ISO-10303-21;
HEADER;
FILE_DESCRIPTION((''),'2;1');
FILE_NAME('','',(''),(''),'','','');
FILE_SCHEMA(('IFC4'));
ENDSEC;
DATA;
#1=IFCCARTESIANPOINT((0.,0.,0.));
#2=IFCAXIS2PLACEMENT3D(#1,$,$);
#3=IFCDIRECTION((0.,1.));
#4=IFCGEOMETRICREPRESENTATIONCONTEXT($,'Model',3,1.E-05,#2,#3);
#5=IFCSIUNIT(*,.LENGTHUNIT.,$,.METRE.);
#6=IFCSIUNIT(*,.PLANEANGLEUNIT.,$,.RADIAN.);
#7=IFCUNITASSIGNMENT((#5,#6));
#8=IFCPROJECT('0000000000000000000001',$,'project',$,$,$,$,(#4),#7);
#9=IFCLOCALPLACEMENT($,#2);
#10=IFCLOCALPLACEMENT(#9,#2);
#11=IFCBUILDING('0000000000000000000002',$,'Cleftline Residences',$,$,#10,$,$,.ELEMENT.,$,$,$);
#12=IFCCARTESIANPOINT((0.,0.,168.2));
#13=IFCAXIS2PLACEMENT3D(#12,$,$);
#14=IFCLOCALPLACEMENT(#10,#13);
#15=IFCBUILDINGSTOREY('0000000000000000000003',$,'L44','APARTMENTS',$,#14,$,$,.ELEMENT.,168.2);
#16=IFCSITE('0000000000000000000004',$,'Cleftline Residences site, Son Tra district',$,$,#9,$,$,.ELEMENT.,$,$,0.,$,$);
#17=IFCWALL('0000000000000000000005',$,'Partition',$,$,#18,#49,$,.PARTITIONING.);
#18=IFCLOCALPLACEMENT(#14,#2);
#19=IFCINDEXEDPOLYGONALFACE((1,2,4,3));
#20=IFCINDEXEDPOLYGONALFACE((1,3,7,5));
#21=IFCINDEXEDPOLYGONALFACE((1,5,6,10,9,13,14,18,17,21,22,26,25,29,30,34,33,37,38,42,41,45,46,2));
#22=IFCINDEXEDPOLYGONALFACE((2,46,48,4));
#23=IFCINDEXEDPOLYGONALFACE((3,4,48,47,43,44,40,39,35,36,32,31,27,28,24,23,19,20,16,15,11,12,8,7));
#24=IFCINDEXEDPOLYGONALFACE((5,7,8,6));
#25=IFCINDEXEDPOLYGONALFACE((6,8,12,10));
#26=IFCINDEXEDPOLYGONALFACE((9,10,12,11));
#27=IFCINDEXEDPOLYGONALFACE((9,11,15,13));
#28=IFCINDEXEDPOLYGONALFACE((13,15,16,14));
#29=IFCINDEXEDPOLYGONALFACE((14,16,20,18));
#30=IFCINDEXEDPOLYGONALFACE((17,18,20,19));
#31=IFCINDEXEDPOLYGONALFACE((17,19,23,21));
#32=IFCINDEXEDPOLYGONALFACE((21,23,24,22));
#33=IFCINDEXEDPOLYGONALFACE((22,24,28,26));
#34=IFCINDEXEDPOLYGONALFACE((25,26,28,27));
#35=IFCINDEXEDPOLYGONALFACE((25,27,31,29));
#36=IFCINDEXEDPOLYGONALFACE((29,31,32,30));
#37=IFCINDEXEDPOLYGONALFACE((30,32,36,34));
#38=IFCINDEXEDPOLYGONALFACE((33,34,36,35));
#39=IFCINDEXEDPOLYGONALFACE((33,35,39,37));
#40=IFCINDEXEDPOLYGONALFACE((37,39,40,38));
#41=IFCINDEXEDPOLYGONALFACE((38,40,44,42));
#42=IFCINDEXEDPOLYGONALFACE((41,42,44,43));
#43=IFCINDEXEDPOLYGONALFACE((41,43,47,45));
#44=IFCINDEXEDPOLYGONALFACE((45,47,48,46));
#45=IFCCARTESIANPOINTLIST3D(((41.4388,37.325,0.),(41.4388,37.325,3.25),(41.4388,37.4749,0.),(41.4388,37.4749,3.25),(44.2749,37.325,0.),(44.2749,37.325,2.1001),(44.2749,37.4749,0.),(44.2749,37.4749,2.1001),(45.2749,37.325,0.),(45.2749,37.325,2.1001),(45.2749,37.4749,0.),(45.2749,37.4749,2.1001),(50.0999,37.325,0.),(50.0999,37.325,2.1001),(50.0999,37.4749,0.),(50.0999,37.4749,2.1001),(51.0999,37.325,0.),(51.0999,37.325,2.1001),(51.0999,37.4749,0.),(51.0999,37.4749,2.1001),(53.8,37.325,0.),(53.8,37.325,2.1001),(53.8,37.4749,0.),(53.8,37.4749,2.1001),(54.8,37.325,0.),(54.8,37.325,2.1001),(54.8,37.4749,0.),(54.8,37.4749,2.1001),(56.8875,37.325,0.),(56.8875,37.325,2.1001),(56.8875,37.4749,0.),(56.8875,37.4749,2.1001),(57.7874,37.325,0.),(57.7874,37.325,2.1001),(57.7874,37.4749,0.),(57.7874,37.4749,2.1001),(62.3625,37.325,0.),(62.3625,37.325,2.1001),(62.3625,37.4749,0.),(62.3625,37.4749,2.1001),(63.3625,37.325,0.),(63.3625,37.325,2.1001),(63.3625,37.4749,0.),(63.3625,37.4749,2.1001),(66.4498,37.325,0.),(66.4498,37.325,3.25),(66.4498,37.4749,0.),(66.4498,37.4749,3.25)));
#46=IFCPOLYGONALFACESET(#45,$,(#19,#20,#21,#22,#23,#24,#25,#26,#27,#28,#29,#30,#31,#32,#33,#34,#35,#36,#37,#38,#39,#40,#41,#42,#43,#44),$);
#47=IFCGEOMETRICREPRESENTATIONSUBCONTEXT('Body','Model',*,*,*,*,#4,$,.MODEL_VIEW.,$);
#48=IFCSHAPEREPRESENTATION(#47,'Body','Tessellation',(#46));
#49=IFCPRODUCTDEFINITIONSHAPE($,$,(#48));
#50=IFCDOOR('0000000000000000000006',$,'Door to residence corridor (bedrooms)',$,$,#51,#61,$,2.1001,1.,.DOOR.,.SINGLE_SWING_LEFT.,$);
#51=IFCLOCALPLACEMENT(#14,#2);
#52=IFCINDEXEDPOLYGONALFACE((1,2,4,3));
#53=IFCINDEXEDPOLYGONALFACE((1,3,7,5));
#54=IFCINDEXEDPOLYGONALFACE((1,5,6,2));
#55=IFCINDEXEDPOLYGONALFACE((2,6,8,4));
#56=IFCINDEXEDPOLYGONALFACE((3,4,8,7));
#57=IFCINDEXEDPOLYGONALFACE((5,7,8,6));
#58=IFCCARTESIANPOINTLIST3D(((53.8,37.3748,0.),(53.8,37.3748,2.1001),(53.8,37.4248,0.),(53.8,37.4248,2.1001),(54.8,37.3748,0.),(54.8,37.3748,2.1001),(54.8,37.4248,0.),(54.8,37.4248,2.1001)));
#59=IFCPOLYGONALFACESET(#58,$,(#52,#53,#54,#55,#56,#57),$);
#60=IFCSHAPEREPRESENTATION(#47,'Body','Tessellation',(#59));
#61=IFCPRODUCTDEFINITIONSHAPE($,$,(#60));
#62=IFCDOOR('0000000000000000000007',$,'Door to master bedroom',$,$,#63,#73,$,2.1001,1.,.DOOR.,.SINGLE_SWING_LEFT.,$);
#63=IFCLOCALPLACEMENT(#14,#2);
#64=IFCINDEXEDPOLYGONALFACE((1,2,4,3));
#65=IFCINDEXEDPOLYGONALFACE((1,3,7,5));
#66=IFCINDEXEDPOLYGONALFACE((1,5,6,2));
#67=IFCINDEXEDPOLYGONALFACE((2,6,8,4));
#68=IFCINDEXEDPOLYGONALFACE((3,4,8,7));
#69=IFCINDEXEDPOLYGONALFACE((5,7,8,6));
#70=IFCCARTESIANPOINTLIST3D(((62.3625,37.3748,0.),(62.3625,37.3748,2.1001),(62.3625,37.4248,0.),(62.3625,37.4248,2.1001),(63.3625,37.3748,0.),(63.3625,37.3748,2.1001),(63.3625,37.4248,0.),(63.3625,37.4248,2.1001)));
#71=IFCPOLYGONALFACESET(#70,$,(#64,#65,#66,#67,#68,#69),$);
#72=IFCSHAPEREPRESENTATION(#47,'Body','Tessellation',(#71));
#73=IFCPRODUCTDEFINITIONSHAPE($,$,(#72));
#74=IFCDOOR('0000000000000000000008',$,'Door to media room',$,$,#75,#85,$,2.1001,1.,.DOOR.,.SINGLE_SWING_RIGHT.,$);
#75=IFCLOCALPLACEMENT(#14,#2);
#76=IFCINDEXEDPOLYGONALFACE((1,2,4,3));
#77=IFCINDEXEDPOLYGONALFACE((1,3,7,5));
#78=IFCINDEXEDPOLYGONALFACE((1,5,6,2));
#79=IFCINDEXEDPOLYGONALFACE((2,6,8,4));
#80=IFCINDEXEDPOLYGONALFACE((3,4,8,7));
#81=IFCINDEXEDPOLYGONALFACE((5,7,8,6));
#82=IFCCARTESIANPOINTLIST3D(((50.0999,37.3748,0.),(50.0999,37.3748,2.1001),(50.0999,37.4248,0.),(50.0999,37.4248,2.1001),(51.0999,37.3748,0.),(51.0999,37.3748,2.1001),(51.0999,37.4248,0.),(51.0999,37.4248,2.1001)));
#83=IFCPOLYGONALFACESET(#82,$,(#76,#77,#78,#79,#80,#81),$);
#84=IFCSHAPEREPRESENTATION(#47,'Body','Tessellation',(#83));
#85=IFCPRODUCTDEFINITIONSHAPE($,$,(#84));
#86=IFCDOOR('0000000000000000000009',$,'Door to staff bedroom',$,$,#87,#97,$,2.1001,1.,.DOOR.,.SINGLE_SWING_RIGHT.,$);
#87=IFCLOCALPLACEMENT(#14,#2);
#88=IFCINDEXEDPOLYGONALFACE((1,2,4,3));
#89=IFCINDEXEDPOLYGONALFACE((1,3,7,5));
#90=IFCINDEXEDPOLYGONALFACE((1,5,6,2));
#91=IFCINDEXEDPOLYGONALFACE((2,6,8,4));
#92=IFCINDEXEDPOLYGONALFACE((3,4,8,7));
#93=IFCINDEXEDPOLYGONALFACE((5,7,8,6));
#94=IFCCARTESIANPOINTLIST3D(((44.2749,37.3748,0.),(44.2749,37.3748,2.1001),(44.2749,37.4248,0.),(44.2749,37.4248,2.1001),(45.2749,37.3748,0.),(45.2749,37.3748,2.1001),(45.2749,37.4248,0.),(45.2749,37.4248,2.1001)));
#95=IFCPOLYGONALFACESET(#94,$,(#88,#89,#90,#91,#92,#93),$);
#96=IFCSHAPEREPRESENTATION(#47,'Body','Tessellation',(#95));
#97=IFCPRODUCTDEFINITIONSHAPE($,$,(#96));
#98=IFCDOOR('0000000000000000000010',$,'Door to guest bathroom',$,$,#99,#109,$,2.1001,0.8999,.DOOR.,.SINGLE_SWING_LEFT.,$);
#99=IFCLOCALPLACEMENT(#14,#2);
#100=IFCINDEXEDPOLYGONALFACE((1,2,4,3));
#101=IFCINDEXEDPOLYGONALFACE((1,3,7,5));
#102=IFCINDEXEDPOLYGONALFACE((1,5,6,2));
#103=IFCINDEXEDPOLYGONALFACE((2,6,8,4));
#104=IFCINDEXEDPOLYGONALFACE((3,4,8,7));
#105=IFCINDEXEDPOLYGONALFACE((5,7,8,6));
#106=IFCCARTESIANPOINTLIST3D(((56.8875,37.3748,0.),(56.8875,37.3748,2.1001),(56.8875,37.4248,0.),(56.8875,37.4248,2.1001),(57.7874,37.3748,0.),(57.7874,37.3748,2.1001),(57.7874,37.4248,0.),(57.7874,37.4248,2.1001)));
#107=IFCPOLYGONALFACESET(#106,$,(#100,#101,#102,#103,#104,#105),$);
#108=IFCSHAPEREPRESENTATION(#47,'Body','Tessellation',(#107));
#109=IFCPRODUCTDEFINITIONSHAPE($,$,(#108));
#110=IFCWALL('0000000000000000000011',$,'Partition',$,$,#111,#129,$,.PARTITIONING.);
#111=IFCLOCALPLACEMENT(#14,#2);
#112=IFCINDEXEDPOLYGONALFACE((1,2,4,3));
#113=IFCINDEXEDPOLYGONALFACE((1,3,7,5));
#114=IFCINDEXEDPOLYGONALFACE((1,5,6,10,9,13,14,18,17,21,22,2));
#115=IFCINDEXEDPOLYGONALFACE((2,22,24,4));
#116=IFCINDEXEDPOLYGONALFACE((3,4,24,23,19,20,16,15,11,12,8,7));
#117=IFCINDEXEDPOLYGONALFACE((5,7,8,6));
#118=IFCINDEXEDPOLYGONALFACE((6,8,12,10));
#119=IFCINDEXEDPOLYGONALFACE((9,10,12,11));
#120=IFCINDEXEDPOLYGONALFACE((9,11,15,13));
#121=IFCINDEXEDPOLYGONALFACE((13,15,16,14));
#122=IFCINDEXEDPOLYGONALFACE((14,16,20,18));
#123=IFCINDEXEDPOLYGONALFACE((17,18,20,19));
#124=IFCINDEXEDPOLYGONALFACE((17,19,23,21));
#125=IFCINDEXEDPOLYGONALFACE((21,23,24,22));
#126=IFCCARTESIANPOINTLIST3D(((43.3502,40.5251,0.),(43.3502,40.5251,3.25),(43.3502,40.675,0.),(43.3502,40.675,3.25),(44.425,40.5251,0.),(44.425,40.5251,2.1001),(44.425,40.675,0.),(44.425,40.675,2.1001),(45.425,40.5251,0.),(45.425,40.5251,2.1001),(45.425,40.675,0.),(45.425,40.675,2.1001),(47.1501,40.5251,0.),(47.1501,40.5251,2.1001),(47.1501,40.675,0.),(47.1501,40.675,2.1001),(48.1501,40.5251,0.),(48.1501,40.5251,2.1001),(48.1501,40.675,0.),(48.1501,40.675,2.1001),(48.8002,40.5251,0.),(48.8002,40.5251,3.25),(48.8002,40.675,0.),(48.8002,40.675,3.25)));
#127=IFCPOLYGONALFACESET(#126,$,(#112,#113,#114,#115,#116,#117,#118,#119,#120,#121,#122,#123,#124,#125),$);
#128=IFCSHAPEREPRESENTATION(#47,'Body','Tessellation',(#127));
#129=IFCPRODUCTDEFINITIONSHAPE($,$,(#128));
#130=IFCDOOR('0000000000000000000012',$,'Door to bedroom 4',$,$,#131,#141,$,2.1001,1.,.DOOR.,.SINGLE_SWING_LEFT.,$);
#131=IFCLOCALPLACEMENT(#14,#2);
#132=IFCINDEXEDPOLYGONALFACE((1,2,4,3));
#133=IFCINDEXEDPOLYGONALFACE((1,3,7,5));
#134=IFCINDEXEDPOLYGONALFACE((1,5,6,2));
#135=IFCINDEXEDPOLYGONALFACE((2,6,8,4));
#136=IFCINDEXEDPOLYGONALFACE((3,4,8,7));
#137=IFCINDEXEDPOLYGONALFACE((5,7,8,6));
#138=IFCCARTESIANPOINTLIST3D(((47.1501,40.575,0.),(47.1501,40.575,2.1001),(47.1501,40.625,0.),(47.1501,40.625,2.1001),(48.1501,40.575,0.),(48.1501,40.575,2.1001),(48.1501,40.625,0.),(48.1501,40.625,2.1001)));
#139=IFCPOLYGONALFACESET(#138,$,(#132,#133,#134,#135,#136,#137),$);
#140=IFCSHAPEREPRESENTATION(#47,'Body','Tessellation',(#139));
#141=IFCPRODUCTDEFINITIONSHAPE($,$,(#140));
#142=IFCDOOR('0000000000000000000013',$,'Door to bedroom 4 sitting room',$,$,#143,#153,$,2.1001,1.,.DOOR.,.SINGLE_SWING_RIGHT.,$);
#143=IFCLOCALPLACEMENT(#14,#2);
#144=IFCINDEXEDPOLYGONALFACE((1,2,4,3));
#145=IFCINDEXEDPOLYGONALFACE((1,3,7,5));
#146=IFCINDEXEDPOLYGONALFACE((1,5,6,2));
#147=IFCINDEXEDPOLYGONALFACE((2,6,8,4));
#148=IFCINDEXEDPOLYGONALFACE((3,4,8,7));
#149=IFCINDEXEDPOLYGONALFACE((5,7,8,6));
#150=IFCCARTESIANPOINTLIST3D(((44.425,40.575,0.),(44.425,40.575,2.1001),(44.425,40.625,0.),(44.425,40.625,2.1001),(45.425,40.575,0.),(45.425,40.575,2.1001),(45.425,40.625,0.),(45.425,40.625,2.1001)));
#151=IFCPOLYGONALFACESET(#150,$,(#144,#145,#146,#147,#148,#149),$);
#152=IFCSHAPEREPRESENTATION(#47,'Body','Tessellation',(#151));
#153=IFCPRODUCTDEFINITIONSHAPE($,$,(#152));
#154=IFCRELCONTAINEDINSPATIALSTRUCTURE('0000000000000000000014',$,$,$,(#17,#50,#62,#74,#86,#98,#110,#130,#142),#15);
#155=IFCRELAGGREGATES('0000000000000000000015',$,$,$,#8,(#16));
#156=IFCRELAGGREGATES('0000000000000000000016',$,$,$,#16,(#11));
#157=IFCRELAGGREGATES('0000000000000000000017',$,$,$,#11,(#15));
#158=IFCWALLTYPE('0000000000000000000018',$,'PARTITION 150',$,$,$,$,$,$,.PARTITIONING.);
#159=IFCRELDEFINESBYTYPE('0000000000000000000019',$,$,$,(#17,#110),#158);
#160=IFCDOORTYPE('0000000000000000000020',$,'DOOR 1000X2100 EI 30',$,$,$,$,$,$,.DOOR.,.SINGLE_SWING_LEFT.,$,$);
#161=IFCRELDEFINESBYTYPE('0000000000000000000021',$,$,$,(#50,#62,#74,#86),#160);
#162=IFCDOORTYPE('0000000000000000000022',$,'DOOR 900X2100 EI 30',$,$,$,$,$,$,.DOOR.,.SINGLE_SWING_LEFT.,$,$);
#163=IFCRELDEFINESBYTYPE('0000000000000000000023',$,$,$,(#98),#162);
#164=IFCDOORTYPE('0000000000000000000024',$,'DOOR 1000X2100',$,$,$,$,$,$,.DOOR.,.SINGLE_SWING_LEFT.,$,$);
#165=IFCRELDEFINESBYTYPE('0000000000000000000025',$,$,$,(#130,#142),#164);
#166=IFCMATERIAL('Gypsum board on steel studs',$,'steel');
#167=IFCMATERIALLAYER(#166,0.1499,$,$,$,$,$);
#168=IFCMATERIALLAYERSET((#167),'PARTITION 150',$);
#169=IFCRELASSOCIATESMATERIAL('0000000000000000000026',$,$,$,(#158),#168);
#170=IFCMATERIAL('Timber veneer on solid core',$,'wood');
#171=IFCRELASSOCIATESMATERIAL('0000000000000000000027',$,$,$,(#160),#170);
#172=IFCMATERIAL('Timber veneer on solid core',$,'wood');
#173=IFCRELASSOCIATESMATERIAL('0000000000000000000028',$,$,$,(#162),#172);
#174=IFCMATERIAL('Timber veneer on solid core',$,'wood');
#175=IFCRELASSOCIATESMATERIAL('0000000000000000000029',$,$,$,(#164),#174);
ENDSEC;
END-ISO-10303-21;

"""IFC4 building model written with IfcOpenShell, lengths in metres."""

from ifc_helpers import new_model, si_unit, direction, frame, frame_2d, origin, place, context, subcontext, project, spatial, rectangle, extrude, material, layer, layer_set, type_object, element, fill, save


model = new_model("IFC4")

# Units and contexts
model_context = context("Model", 3, precision=1e-05, world=origin(), true_north=direction((0.0, 1.0)))
body_context = subcontext(model_context, "Body", "Model", "MODEL_VIEW")
ifc_project = project(units=[si_unit("LENGTHUNIT", "METRE"), si_unit("PLANEANGLEUNIT", "RADIAN")], contexts=[model_context])

# Site, building, storey
site_placement = place(None, origin())
site = spatial("IfcSite", under=ifc_project, at=site_placement, Name="Cleftline Residences site, Son Tra district", CompositionType="ELEMENT", RefElevation=0.0)
building_placement = place(site_placement, origin())
building = spatial("IfcBuilding", under=site, at=building_placement, Name="Cleftline Residences", CompositionType="ELEMENT")
storey_placement = place(building_placement, frame((0.0, 0.0, 168.2)))
storey = spatial("IfcBuildingStorey", under=building, at=storey_placement, Name="L44", Description="APARTMENTS", CompositionType="ELEMENT", Elevation=168.2)

# Walls, openings, doors
ifc_material_1 = material(Name="Gypsum board on steel studs", Category="steel")
ifc_layer = layer(ifc_material_1, 0.1499)
ifc_layer_set = layer_set([ifc_layer], Name="PARTITION 150")
wall_type = type_object("IfcWallType", Name="PARTITION 150", PredefinedType="PARTITIONING", material=ifc_layer_set)
wall_1_placement = place(storey_placement, frame((41.439, 37.3999, 0.0), z_axis=(0.0, 0.0, 1.0), x_axis=(1.0, 0.0, 0.0)))
wall_1 = element("IfcWall", 1, at=wall_1_placement, inside=storey, type_object=wall_type, Name="Partition", PredefinedType="PARTITIONING", context=body_context, shape_type="SweptSolid", body=[
    extrude(rectangle(XDim=25.011, YDim=0.1499, at=frame_2d((12.5054, 0.0))), origin(), (0.0, 0.0, 1.0), 3.25),
])
opening_1_placement = place(wall_1_placement, frame((12.3611, 0.0, 0.0)))
opening_1 = element("IfcOpeningElement", 2, at=opening_1_placement, cuts=wall_1, PredefinedType="OPENING", context=body_context, shape_type="SweptSolid", body=[
    extrude(rectangle(XDim=1.0, YDim=2.1001, at=frame_2d((0.5, 1.05))), frame((0.0, 0.085, 0.0), z_axis=(0.0, -1.0, 0.0), x_axis=(1.0, 0.0, 0.0)), (0.0, 0.0, 1.0), 0.1699),
])
opening_2_placement = place(wall_1_placement, frame((20.9236, 0.0, 0.0)))
opening_2 = element("IfcOpeningElement", 3, at=opening_2_placement, cuts=wall_1, PredefinedType="OPENING", context=body_context, shape_type="SweptSolid", body=[
    extrude(rectangle(XDim=1.0, YDim=2.1001, at=frame_2d((0.5, 1.05))), frame((0.0, 0.085, 0.0), z_axis=(0.0, -1.0, 0.0), x_axis=(1.0, 0.0, 0.0)), (0.0, 0.0, 1.0), 0.1699),
])
opening_3_placement = place(wall_1_placement, frame((15.4485, 0.0, 0.0)))
opening_3 = element("IfcOpeningElement", 4, at=opening_3_placement, cuts=wall_1, PredefinedType="OPENING", context=body_context, shape_type="SweptSolid", body=[
    extrude(rectangle(XDim=0.8999, YDim=2.1001, at=frame_2d((0.45, 1.05))), frame((0.0, 0.085, 0.0), z_axis=(0.0, -1.0, 0.0), x_axis=(1.0, 0.0, 0.0)), (0.0, 0.0, 1.0), 0.1699),
])
opening_4_placement = place(wall_1_placement, frame((8.6609, 0.0, 0.0)))
opening_4 = element("IfcOpeningElement", 5, at=opening_4_placement, cuts=wall_1, PredefinedType="OPENING", context=body_context, shape_type="SweptSolid", body=[
    extrude(rectangle(XDim=1.0, YDim=2.1001, at=frame_2d((0.5, 1.05))), frame((0.0, 0.085, 0.0), z_axis=(0.0, -1.0, 0.0), x_axis=(1.0, 0.0, 0.0)), (0.0, 0.0, 1.0), 0.1699),
])
opening_5_placement = place(wall_1_placement, frame((2.8359, 0.0, 0.0)))
opening_5 = element("IfcOpeningElement", 6, at=opening_5_placement, cuts=wall_1, PredefinedType="OPENING", context=body_context, shape_type="SweptSolid", body=[
    extrude(rectangle(XDim=1.0, YDim=2.1001, at=frame_2d((0.5, 1.05))), frame((0.0, 0.085, 0.0), z_axis=(0.0, -1.0, 0.0), x_axis=(1.0, 0.0, 0.0)), (0.0, 0.0, 1.0), 0.1699),
])
ifc_material_2 = material(Name="Timber veneer on solid core", Category="wood")
door_type_1 = type_object("IfcDoorType", Name="DOOR 1000X2100 EI 30", OperationType="SINGLE_SWING_LEFT", PredefinedType="DOOR", material=ifc_material_2)
door_1_placement = place(opening_1_placement, origin())
door_1 = element("IfcDoor", 7, at=door_1_placement, inside=storey, type_object=door_type_1, Name="Door to residence corridor (bedrooms)", OperationType="SINGLE_SWING_LEFT", OverallHeight=2.1001, OverallWidth=1.0, PredefinedType="DOOR", context=body_context, shape_type="SweptSolid", body=[
    extrude(rectangle(XDim=1.0, YDim=2.1001, at=frame_2d((0.5, 1.05))), frame((0.0, 0.0249, 0.0), z_axis=(0.0, -1.0, 0.0), x_axis=(1.0, 0.0, 0.0)), (0.0, 0.0, 1.0), 0.05),
])
fill(opening_1, door_1)
door_2_placement = place(opening_2_placement, origin())
door_2 = element("IfcDoor", 8, at=door_2_placement, inside=storey, type_object=door_type_1, Name="Door to master bedroom", OperationType="SINGLE_SWING_LEFT", OverallHeight=2.1001, OverallWidth=1.0, PredefinedType="DOOR", context=body_context, shape_type="SweptSolid", body=[
    extrude(rectangle(XDim=1.0, YDim=2.1001, at=frame_2d((0.5, 1.05))), frame((0.0, 0.0249, 0.0), z_axis=(0.0, -1.0, 0.0), x_axis=(1.0, 0.0, 0.0)), (0.0, 0.0, 1.0), 0.05),
])
fill(opening_2, door_2)
door_3_placement = place(opening_4_placement, origin())
door_3 = element("IfcDoor", 9, at=door_3_placement, inside=storey, type_object=door_type_1, Name="Door to media room", OperationType="SINGLE_SWING_RIGHT", OverallHeight=2.1001, OverallWidth=1.0, PredefinedType="DOOR", context=body_context, shape_type="SweptSolid", body=[
    extrude(rectangle(XDim=1.0, YDim=2.1001, at=frame_2d((0.5, 1.05))), frame((0.0, 0.0249, 0.0), z_axis=(0.0, -1.0, 0.0), x_axis=(1.0, 0.0, 0.0)), (0.0, 0.0, 1.0), 0.05),
])
fill(opening_4, door_3)
door_4_placement = place(opening_5_placement, origin())
door_4 = element("IfcDoor", 10, at=door_4_placement, inside=storey, type_object=door_type_1, Name="Door to staff bedroom", OperationType="SINGLE_SWING_RIGHT", OverallHeight=2.1001, OverallWidth=1.0, PredefinedType="DOOR", context=body_context, shape_type="SweptSolid", body=[
    extrude(rectangle(XDim=1.0, YDim=2.1001, at=frame_2d((0.5, 1.05))), frame((0.0, 0.0249, 0.0), z_axis=(0.0, -1.0, 0.0), x_axis=(1.0, 0.0, 0.0)), (0.0, 0.0, 1.0), 0.05),
])
fill(opening_5, door_4)
ifc_material_3 = material(Name="Timber veneer on solid core", Category="wood")
door_type_2 = type_object("IfcDoorType", Name="DOOR 900X2100 EI 30", OperationType="SINGLE_SWING_LEFT", PredefinedType="DOOR", material=ifc_material_3)
door_5_placement = place(opening_3_placement, origin())
door_5 = element("IfcDoor", 11, at=door_5_placement, inside=storey, type_object=door_type_2, Name="Door to guest bathroom", OperationType="SINGLE_SWING_LEFT", OverallHeight=2.1001, OverallWidth=0.8999, PredefinedType="DOOR", context=body_context, shape_type="SweptSolid", body=[
    extrude(rectangle(XDim=0.8999, YDim=2.1001, at=frame_2d((0.45, 1.05))), frame((0.0, 0.0249, 0.0), z_axis=(0.0, -1.0, 0.0), x_axis=(1.0, 0.0, 0.0)), (0.0, 0.0, 1.0), 0.05),
])
fill(opening_3, door_5)
wall_2_placement = place(storey_placement, frame((43.3501, 40.6001, 0.0), z_axis=(0.0, 0.0, 1.0), x_axis=(1.0, 0.0, 0.0)))
wall_2 = element("IfcWall", 12, at=wall_2_placement, inside=storey, type_object=wall_type, Name="Partition", PredefinedType="PARTITIONING", context=body_context, shape_type="SweptSolid", body=[
    extrude(rectangle(XDim=5.45, YDim=0.1499, at=frame_2d((2.7251, 0.0))), origin(), (0.0, 0.0, 1.0), 3.25),
])
opening_6_placement = place(wall_2_placement, frame((3.8, 0.0, 0.0)))
opening_6 = element("IfcOpeningElement", 13, at=opening_6_placement, cuts=wall_2, PredefinedType="OPENING", context=body_context, shape_type="SweptSolid", body=[
    extrude(rectangle(XDim=1.0, YDim=2.1001, at=frame_2d((0.5, 1.05))), frame((0.0, 0.085, 0.0), z_axis=(0.0, -1.0, 0.0), x_axis=(1.0, 0.0, 0.0)), (0.0, 0.0, 1.0), 0.1699),
])
opening_7_placement = place(wall_2_placement, frame((1.075, 0.0, 0.0)))
opening_7 = element("IfcOpeningElement", 14, at=opening_7_placement, cuts=wall_2, PredefinedType="OPENING", context=body_context, shape_type="SweptSolid", body=[
    extrude(rectangle(XDim=1.0, YDim=2.1001, at=frame_2d((0.5, 1.05))), frame((0.0, 0.085, 0.0), z_axis=(0.0, -1.0, 0.0), x_axis=(1.0, 0.0, 0.0)), (0.0, 0.0, 1.0), 0.1699),
])
ifc_material_4 = material(Name="Timber veneer on solid core", Category="wood")
door_type_3 = type_object("IfcDoorType", Name="DOOR 1000X2100", OperationType="SINGLE_SWING_LEFT", PredefinedType="DOOR", material=ifc_material_4)
door_6_placement = place(opening_6_placement, origin())
door_6 = element("IfcDoor", 15, at=door_6_placement, inside=storey, type_object=door_type_3, Name="Door to bedroom 4", OperationType="SINGLE_SWING_LEFT", OverallHeight=2.1001, OverallWidth=1.0, PredefinedType="DOOR", context=body_context, shape_type="SweptSolid", body=[
    extrude(rectangle(XDim=1.0, YDim=2.1001, at=frame_2d((0.5, 1.05))), frame((0.0, 0.0249, 0.0), z_axis=(0.0, -1.0, 0.0), x_axis=(1.0, 0.0, 0.0)), (0.0, 0.0, 1.0), 0.05),
])
fill(opening_6, door_6)
door_7_placement = place(opening_7_placement, origin())
door_7 = element("IfcDoor", 16, at=door_7_placement, inside=storey, type_object=door_type_3, Name="Door to bedroom 4 sitting room", OperationType="SINGLE_SWING_RIGHT", OverallHeight=2.1001, OverallWidth=1.0, PredefinedType="DOOR", context=body_context, shape_type="SweptSolid", body=[
    extrude(rectangle(XDim=1.0, YDim=2.1001, at=frame_2d((0.5, 1.05))), frame((0.0, 0.0249, 0.0), z_axis=(0.0, -1.0, 0.0), x_axis=(1.0, 0.0, 0.0)), (0.0, 0.0, 1.0), 0.05),
])
fill(opening_7, door_7)

save(model, "model.ifc")
